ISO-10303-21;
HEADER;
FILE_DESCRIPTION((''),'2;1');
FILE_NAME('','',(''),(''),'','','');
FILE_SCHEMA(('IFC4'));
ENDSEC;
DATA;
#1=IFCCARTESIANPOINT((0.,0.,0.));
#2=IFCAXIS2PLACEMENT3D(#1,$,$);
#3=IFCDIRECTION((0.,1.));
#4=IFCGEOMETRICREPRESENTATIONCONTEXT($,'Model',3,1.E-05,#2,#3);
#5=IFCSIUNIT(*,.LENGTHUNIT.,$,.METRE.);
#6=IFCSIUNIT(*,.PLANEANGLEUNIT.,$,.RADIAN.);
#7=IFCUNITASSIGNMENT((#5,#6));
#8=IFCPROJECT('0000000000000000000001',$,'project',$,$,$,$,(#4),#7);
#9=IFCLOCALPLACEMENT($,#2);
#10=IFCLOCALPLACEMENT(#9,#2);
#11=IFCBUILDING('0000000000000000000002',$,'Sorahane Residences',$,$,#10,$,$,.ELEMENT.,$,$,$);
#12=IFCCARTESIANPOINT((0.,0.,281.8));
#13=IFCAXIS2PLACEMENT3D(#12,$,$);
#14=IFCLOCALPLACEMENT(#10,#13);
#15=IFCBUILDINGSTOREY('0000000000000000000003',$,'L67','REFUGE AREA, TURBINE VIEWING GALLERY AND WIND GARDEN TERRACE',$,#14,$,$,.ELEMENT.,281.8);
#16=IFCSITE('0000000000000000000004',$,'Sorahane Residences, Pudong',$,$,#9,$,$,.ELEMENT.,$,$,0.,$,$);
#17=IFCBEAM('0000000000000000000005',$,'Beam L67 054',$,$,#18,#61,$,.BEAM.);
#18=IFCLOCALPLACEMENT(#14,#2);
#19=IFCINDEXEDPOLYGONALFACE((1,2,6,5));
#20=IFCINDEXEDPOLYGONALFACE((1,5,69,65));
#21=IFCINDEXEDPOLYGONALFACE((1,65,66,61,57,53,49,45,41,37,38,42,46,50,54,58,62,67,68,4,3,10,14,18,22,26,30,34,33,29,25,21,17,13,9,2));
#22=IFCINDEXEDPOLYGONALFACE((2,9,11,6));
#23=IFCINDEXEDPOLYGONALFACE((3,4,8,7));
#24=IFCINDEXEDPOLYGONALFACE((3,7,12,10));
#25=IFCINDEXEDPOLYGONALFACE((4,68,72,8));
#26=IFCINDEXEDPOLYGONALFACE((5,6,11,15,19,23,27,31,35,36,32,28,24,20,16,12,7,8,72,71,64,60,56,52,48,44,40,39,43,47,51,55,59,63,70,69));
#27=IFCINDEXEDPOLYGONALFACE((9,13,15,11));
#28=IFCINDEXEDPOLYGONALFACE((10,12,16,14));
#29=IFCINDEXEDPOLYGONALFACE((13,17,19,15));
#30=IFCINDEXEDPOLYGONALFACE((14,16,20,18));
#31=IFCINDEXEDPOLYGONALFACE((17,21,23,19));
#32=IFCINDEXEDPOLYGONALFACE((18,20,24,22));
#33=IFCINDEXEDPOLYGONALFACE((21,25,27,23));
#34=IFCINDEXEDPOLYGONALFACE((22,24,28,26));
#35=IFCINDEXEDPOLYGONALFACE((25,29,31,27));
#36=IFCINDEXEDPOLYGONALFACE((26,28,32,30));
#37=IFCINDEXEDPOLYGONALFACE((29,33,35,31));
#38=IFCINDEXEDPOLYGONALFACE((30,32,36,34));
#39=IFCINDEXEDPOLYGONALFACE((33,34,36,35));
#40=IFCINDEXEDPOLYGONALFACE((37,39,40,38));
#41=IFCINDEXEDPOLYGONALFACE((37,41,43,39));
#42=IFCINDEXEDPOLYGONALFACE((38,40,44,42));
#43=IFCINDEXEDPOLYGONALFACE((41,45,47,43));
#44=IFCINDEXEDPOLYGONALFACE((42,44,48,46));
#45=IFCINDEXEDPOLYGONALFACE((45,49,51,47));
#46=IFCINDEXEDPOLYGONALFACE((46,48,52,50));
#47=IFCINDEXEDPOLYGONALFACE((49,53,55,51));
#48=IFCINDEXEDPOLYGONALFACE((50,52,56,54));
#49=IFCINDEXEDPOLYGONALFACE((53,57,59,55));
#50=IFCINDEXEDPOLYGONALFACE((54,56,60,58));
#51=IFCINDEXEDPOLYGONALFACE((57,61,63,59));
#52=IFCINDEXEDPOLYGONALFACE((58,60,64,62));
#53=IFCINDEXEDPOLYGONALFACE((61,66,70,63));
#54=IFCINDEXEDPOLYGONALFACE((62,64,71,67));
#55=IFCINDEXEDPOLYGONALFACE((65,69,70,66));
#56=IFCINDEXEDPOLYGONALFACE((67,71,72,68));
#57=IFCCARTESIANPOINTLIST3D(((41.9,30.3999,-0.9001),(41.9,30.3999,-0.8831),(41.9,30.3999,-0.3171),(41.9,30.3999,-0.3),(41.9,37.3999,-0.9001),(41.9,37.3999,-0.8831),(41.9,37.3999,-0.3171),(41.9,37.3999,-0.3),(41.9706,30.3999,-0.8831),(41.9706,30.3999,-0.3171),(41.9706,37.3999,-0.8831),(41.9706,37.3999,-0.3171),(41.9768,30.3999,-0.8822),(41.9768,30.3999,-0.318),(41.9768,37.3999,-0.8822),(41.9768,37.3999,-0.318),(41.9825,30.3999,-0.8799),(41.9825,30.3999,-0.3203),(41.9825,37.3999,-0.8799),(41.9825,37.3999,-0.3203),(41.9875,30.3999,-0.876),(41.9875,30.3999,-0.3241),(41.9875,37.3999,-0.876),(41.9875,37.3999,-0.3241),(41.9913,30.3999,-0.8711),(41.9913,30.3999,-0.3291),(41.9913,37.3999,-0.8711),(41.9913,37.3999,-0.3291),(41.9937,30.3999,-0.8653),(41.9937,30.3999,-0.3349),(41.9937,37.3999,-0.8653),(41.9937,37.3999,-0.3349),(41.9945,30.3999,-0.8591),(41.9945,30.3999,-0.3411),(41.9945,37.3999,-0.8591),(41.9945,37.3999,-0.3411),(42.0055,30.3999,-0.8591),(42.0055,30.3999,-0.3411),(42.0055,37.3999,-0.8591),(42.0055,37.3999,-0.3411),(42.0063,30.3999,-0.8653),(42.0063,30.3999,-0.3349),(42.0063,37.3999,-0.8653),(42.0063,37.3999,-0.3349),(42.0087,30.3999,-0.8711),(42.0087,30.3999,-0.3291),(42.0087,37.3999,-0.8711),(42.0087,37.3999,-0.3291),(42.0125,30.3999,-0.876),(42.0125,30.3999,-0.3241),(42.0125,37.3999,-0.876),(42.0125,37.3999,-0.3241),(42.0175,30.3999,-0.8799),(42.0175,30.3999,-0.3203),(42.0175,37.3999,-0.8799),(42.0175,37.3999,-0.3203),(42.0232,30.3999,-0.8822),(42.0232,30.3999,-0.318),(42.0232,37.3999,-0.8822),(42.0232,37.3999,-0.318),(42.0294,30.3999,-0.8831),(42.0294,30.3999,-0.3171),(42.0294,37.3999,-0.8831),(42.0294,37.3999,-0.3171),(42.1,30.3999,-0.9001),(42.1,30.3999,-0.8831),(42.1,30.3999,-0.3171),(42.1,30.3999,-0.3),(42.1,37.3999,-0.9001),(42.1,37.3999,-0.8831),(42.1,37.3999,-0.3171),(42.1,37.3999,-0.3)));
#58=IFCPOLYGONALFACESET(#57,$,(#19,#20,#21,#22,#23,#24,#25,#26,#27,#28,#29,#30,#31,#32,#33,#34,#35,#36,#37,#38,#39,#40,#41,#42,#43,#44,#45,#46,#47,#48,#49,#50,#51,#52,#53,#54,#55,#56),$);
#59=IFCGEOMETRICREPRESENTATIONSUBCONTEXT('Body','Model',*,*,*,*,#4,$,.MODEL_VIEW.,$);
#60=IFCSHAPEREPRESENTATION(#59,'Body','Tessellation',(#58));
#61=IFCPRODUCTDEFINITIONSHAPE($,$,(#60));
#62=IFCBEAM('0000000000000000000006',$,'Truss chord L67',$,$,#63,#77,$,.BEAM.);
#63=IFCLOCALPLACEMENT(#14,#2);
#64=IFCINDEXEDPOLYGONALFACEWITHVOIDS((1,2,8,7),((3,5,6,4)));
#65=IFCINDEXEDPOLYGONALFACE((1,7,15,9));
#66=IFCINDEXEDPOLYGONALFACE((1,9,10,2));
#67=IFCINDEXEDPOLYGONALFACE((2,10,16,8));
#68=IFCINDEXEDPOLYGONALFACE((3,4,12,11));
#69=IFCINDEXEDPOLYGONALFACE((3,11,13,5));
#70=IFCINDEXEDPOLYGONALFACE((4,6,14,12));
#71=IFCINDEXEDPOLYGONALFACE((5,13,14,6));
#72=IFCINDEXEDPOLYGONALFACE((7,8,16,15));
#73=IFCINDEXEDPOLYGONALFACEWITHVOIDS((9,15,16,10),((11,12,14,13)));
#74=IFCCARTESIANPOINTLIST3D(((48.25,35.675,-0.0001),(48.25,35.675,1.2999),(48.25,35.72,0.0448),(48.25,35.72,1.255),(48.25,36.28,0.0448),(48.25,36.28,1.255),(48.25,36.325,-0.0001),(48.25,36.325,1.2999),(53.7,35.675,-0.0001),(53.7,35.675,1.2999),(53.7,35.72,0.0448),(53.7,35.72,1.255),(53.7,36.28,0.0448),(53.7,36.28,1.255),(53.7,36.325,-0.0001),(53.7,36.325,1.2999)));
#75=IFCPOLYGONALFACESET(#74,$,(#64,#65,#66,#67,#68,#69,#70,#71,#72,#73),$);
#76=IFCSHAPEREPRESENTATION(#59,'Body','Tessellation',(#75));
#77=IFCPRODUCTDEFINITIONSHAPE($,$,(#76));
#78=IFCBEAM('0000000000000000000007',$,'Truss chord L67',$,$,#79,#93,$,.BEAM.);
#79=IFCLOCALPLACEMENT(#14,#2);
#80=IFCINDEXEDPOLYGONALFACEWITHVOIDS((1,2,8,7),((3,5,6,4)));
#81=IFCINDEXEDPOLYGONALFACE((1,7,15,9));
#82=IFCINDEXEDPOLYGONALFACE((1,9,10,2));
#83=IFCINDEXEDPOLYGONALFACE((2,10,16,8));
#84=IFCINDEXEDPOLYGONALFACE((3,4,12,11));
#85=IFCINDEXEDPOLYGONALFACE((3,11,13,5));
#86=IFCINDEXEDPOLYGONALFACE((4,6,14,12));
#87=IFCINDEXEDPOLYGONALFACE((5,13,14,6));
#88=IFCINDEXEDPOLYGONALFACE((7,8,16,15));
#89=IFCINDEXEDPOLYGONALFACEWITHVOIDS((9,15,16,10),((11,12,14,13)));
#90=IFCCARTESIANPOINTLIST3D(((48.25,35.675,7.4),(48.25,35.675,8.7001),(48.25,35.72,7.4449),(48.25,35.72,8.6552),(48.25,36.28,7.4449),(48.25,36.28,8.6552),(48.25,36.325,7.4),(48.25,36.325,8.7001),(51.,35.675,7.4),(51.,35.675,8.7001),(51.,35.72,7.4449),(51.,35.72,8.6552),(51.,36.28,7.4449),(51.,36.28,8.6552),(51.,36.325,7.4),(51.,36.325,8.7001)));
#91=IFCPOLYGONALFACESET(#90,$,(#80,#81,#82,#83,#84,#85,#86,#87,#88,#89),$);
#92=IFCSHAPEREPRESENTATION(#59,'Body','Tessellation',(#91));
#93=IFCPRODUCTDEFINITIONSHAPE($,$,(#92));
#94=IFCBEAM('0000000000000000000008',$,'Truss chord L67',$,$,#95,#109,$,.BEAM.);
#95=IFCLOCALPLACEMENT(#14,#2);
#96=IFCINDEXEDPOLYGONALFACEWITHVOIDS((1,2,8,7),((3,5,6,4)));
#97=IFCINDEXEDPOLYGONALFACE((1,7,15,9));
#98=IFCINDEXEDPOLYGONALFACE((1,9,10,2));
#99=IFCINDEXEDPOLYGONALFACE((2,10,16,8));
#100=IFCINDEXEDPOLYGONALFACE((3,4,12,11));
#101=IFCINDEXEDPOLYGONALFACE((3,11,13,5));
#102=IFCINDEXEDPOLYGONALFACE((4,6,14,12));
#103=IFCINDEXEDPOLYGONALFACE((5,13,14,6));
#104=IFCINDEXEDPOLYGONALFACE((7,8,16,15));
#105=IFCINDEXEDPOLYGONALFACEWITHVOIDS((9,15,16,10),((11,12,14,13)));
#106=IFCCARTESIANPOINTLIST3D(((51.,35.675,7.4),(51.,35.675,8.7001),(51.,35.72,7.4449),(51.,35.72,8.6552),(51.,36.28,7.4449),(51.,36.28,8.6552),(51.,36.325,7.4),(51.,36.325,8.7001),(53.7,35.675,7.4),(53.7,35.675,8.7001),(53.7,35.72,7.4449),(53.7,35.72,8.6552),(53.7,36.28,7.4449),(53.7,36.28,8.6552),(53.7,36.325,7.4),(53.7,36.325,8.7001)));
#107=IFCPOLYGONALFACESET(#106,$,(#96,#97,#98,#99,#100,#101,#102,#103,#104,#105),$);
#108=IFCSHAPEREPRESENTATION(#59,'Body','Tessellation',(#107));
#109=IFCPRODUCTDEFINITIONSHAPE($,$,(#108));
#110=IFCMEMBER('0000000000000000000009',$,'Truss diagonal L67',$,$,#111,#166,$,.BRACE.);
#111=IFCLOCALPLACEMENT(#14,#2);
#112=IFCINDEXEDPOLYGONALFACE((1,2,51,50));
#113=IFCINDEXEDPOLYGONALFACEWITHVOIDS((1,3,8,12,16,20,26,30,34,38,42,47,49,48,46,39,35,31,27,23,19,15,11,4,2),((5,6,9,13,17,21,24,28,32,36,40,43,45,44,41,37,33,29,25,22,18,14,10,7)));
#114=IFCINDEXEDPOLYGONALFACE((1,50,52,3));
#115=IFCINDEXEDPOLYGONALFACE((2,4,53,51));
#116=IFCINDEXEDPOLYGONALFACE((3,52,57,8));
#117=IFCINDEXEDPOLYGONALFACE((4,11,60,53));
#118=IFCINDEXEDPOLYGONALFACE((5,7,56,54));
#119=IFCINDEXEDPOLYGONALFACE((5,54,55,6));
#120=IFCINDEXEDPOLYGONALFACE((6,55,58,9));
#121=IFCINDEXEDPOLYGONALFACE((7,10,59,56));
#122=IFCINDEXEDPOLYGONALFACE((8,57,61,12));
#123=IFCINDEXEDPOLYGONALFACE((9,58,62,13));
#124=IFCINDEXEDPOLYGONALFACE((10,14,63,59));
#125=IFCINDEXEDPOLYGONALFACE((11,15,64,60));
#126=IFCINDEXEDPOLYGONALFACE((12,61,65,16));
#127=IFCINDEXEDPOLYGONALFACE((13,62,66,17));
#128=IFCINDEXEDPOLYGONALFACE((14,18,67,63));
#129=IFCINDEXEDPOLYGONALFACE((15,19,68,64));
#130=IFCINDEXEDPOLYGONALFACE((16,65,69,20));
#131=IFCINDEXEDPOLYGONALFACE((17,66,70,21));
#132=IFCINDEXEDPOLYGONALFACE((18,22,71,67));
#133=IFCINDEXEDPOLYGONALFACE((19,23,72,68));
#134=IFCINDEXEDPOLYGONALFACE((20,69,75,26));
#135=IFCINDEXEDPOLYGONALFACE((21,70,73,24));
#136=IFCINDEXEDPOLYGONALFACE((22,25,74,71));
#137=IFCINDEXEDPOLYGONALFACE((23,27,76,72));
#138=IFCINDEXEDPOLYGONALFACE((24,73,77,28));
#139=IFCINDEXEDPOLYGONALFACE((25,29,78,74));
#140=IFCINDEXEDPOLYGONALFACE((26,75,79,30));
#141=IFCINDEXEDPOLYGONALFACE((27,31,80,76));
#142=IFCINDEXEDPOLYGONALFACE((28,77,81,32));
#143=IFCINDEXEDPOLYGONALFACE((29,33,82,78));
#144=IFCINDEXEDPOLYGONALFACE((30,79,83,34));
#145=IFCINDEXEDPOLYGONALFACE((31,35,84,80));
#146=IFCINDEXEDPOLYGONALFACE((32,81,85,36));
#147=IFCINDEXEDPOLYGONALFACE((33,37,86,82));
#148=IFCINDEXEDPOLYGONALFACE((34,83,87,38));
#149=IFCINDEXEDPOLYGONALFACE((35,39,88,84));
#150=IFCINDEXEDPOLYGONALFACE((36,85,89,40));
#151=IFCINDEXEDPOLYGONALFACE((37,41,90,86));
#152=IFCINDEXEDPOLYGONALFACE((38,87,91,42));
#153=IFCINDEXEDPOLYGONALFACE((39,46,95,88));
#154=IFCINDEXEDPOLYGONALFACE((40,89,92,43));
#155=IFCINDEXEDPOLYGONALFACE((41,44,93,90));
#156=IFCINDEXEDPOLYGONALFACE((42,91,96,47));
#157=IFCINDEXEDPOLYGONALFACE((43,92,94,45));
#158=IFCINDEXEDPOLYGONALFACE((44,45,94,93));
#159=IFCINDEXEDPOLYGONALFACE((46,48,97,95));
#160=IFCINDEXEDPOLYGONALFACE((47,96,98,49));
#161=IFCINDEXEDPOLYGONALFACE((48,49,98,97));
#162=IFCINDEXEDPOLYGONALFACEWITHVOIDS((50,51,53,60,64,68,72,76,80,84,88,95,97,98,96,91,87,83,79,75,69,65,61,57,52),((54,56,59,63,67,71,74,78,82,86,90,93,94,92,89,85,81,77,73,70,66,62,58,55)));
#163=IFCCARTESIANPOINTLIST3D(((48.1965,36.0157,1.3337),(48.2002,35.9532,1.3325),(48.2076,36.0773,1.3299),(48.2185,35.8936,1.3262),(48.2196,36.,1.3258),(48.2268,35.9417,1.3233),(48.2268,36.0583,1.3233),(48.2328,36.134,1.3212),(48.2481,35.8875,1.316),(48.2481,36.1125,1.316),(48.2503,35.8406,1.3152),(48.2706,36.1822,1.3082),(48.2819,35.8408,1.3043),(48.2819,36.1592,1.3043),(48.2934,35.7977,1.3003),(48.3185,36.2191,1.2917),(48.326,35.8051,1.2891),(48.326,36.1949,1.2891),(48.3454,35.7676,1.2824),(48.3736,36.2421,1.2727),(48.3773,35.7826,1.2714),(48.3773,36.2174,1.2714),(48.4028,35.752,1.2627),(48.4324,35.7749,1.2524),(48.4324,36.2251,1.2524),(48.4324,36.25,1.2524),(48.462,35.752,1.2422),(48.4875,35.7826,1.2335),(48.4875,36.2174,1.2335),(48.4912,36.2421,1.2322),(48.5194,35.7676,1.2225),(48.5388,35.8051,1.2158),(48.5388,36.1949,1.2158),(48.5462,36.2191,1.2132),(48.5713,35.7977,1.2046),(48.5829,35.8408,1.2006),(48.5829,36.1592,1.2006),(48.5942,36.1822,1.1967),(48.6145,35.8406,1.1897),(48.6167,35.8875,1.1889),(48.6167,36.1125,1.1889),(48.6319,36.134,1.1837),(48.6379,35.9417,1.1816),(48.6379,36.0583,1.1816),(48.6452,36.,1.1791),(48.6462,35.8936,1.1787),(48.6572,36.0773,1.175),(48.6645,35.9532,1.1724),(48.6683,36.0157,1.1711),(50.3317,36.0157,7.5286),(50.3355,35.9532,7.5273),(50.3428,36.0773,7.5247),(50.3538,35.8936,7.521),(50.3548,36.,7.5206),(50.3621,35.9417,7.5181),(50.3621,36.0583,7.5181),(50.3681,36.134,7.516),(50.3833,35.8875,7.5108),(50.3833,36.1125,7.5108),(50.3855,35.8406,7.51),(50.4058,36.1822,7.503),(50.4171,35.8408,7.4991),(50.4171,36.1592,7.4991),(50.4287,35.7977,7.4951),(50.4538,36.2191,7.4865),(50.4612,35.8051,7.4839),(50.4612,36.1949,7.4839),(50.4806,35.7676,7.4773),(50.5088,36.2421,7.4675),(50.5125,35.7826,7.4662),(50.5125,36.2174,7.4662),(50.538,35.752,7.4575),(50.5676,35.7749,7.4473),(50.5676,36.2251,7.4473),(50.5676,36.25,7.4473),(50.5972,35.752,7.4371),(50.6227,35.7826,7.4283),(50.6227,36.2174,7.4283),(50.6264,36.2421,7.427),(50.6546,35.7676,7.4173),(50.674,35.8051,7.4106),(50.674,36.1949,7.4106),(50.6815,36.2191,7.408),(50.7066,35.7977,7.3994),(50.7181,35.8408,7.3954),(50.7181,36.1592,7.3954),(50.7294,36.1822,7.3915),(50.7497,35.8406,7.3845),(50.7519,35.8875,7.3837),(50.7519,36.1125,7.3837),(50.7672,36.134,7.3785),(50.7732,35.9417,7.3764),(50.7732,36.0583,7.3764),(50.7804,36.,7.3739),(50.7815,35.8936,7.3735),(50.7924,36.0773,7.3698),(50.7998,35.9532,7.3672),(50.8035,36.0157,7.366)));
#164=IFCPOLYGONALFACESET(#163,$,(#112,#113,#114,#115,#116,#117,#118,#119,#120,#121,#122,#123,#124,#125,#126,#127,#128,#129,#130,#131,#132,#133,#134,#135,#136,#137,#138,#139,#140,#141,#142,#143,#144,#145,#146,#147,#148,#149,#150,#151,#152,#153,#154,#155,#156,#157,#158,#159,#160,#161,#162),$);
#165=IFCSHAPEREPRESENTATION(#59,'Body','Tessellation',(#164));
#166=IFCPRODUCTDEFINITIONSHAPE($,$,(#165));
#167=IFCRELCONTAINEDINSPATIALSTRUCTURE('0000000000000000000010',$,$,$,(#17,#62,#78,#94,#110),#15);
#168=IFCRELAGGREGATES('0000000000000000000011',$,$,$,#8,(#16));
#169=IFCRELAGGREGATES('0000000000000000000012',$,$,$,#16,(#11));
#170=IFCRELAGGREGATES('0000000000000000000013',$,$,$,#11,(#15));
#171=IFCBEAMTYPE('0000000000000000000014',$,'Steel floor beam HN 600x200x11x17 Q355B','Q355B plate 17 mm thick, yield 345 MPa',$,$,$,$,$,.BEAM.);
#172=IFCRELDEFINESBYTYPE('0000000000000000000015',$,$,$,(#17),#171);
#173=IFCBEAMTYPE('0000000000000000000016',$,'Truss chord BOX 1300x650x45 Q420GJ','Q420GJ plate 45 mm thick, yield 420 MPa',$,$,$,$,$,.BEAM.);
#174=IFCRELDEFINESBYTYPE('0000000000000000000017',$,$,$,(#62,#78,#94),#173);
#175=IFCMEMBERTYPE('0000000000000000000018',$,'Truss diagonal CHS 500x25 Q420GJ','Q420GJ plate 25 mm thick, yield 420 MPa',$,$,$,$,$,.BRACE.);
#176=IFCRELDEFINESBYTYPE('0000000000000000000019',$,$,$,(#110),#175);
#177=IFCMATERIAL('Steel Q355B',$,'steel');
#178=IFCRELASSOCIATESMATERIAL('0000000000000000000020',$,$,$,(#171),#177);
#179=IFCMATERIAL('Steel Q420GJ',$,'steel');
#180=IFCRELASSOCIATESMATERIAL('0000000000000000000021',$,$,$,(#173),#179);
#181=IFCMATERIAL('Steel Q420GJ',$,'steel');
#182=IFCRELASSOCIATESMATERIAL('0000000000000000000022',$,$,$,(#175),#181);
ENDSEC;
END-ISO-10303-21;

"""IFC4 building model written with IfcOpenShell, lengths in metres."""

from ifc_helpers import new_model, si_unit, direction, frame, origin, origin_2d, place, context, subcontext, project, spatial, hollow_rectangle, hollow_circle, i_section, extrude, material, material_profile, profile_set, type_object, element, save


model = new_model("IFC4")

# Units and contexts
model_context = context("Model", 3, precision=1e-05, world=origin(), true_north=direction((0.0, 1.0)))
body_context = subcontext(model_context, "Body", "Model", "MODEL_VIEW")
ifc_project = project(units=[si_unit("LENGTHUNIT", "METRE"), si_unit("PLANEANGLEUNIT", "RADIAN")], contexts=[model_context])

# Site, building, storey
site_placement = place(None, origin())
site = spatial("IfcSite", under=ifc_project, at=site_placement, Name="Sorahane Residences, Pudong", CompositionType="ELEMENT", RefElevation=0.0)
building_placement = place(site_placement, origin())
building = spatial("IfcBuilding", under=site, at=building_placement, Name="Sorahane Residences", CompositionType="ELEMENT")
storey_placement = place(building_placement, frame((0.0, 0.0, 281.8)))
storey = spatial("IfcBuildingStorey", under=building, at=storey_placement, Name="L67", Description="REFUGE AREA, TURBINE VIEWING GALLERY AND WIND GARDEN TERRACE", CompositionType="ELEMENT", Elevation=281.8)

# Beams
ifc_material_1 = material(Name="Steel Q355B", Category="steel")
ifc_material_profile_1 = material_profile(ifc_material_1, i_section(OverallWidth=0.2, OverallDepth=0.6001, WebThickness=0.011, FlangeThickness=0.0171, FilletRadius=0.0239, at=origin_2d()), Name="HN 600x200x11x17")
ifc_profile_set_1 = profile_set([ifc_material_profile_1], Name="Steel Q355B")
beam_type_1 = type_object("IfcBeamType", Name="Steel floor beam HN 600x200x11x17 Q355B", Description="Q355B plate 17 mm thick, yield 345 MPa", PredefinedType="BEAM", material=ifc_profile_set_1)
beam_1_placement = place(storey_placement, frame((42.0, 30.3999, -0.6001), z_axis=(0.0, 1.0, 0.0), x_axis=(-1.0, 0.0, 0.0)))
element("IfcBeam", 1, at=beam_1_placement, inside=storey, type_object=beam_type_1, Name="Beam L67 054", PredefinedType="BEAM", context=body_context, shape_type="SweptSolid", body=[
    extrude(i_section(OverallWidth=0.2, OverallDepth=0.6001, WebThickness=0.011, FlangeThickness=0.0171, FilletRadius=0.0239, at=origin_2d()), origin(), (0.0, 0.0, 1.0), 7.0),
])
ifc_material_2 = material(Name="Steel Q420GJ", Category="steel")
ifc_material_profile_2 = material_profile(ifc_material_2, hollow_rectangle(XDim=0.6499, YDim=1.3, WallThickness=0.0449, at=origin_2d()), Name="BOX 1300x650x45")
ifc_profile_set_2 = profile_set([ifc_material_profile_2], Name="Steel Q420GJ")
beam_type_2 = type_object("IfcBeamType", Name="Truss chord BOX 1300x650x45 Q420GJ", Description="Q420GJ plate 45 mm thick, yield 420 MPa", PredefinedType="BEAM", material=ifc_profile_set_2)
beam_2_placement = place(storey_placement, frame((48.25, 36.0, 0.6499), z_axis=(1.0, 0.0, 0.0), x_axis=(0.0, 1.0, 0.0)))
element("IfcBeam", 2, at=beam_2_placement, inside=storey, type_object=beam_type_2, Name="Truss chord L67", PredefinedType="BEAM", context=body_context, shape_type="SweptSolid", body=[
    extrude(hollow_rectangle(XDim=0.6499, YDim=1.3, WallThickness=0.0449, at=origin_2d()), origin(), (0.0, 0.0, 1.0), 5.45),
])
beam_3_placement = place(storey_placement, frame((48.25, 36.0, 8.05), z_axis=(1.0, 0.0, 0.0), x_axis=(0.0, 1.0, 0.0)))
element("IfcBeam", 3, at=beam_3_placement, inside=storey, type_object=beam_type_2, Name="Truss chord L67", PredefinedType="BEAM", context=body_context, shape_type="SweptSolid", body=[
    extrude(hollow_rectangle(XDim=0.6499, YDim=1.3, WallThickness=0.0449, at=origin_2d()), origin(), (0.0, 0.0, 1.0), 2.75),
])
beam_4_placement = place(storey_placement, frame((51.0, 36.0, 8.05), z_axis=(1.0, 0.0, 0.0), x_axis=(0.0, 1.0, 0.0)))
element("IfcBeam", 4, at=beam_4_placement, inside=storey, type_object=beam_type_2, Name="Truss chord L67", PredefinedType="BEAM", context=body_context, shape_type="SweptSolid", body=[
    extrude(hollow_rectangle(XDim=0.6499, YDim=1.3, WallThickness=0.0449, at=origin_2d()), origin(), (0.0, 0.0, 1.0), 2.7),
])

# Member
ifc_material_3 = material(Name="Steel Q420GJ", Category="steel")
ifc_material_profile_3 = material_profile(ifc_material_3, hollow_circle(Radius=0.25, WallThickness=0.0249, at=origin_2d()), Name="CHS 500x25")
ifc_profile_set_3 = profile_set([ifc_material_profile_3], Name="Steel Q420GJ")
member_type = type_object("IfcMemberType", Name="Truss diagonal CHS 500x25 Q420GJ", Description="Q420GJ plate 25 mm thick, yield 420 MPa", PredefinedType="BRACE", material=ifc_profile_set_3)
member_1_placement = place(storey_placement, frame((48.4324, 36.0, 1.2524), z_axis=(0.325869, 0.0, 0.945415), x_axis=(0.0, 1.0, 0.0)))
element("IfcMember", 5, at=member_1_placement, inside=storey, type_object=member_type, Name="Truss diagonal L67", PredefinedType="BRACE", context=body_context, shape_type="SweptSolid", body=[
    extrude(hollow_circle(Radius=0.25, WallThickness=0.0249, at=origin_2d()), origin(), (0.0, 0.0, 1.0), 6.5525),
])

save(model, "model.ifc")
